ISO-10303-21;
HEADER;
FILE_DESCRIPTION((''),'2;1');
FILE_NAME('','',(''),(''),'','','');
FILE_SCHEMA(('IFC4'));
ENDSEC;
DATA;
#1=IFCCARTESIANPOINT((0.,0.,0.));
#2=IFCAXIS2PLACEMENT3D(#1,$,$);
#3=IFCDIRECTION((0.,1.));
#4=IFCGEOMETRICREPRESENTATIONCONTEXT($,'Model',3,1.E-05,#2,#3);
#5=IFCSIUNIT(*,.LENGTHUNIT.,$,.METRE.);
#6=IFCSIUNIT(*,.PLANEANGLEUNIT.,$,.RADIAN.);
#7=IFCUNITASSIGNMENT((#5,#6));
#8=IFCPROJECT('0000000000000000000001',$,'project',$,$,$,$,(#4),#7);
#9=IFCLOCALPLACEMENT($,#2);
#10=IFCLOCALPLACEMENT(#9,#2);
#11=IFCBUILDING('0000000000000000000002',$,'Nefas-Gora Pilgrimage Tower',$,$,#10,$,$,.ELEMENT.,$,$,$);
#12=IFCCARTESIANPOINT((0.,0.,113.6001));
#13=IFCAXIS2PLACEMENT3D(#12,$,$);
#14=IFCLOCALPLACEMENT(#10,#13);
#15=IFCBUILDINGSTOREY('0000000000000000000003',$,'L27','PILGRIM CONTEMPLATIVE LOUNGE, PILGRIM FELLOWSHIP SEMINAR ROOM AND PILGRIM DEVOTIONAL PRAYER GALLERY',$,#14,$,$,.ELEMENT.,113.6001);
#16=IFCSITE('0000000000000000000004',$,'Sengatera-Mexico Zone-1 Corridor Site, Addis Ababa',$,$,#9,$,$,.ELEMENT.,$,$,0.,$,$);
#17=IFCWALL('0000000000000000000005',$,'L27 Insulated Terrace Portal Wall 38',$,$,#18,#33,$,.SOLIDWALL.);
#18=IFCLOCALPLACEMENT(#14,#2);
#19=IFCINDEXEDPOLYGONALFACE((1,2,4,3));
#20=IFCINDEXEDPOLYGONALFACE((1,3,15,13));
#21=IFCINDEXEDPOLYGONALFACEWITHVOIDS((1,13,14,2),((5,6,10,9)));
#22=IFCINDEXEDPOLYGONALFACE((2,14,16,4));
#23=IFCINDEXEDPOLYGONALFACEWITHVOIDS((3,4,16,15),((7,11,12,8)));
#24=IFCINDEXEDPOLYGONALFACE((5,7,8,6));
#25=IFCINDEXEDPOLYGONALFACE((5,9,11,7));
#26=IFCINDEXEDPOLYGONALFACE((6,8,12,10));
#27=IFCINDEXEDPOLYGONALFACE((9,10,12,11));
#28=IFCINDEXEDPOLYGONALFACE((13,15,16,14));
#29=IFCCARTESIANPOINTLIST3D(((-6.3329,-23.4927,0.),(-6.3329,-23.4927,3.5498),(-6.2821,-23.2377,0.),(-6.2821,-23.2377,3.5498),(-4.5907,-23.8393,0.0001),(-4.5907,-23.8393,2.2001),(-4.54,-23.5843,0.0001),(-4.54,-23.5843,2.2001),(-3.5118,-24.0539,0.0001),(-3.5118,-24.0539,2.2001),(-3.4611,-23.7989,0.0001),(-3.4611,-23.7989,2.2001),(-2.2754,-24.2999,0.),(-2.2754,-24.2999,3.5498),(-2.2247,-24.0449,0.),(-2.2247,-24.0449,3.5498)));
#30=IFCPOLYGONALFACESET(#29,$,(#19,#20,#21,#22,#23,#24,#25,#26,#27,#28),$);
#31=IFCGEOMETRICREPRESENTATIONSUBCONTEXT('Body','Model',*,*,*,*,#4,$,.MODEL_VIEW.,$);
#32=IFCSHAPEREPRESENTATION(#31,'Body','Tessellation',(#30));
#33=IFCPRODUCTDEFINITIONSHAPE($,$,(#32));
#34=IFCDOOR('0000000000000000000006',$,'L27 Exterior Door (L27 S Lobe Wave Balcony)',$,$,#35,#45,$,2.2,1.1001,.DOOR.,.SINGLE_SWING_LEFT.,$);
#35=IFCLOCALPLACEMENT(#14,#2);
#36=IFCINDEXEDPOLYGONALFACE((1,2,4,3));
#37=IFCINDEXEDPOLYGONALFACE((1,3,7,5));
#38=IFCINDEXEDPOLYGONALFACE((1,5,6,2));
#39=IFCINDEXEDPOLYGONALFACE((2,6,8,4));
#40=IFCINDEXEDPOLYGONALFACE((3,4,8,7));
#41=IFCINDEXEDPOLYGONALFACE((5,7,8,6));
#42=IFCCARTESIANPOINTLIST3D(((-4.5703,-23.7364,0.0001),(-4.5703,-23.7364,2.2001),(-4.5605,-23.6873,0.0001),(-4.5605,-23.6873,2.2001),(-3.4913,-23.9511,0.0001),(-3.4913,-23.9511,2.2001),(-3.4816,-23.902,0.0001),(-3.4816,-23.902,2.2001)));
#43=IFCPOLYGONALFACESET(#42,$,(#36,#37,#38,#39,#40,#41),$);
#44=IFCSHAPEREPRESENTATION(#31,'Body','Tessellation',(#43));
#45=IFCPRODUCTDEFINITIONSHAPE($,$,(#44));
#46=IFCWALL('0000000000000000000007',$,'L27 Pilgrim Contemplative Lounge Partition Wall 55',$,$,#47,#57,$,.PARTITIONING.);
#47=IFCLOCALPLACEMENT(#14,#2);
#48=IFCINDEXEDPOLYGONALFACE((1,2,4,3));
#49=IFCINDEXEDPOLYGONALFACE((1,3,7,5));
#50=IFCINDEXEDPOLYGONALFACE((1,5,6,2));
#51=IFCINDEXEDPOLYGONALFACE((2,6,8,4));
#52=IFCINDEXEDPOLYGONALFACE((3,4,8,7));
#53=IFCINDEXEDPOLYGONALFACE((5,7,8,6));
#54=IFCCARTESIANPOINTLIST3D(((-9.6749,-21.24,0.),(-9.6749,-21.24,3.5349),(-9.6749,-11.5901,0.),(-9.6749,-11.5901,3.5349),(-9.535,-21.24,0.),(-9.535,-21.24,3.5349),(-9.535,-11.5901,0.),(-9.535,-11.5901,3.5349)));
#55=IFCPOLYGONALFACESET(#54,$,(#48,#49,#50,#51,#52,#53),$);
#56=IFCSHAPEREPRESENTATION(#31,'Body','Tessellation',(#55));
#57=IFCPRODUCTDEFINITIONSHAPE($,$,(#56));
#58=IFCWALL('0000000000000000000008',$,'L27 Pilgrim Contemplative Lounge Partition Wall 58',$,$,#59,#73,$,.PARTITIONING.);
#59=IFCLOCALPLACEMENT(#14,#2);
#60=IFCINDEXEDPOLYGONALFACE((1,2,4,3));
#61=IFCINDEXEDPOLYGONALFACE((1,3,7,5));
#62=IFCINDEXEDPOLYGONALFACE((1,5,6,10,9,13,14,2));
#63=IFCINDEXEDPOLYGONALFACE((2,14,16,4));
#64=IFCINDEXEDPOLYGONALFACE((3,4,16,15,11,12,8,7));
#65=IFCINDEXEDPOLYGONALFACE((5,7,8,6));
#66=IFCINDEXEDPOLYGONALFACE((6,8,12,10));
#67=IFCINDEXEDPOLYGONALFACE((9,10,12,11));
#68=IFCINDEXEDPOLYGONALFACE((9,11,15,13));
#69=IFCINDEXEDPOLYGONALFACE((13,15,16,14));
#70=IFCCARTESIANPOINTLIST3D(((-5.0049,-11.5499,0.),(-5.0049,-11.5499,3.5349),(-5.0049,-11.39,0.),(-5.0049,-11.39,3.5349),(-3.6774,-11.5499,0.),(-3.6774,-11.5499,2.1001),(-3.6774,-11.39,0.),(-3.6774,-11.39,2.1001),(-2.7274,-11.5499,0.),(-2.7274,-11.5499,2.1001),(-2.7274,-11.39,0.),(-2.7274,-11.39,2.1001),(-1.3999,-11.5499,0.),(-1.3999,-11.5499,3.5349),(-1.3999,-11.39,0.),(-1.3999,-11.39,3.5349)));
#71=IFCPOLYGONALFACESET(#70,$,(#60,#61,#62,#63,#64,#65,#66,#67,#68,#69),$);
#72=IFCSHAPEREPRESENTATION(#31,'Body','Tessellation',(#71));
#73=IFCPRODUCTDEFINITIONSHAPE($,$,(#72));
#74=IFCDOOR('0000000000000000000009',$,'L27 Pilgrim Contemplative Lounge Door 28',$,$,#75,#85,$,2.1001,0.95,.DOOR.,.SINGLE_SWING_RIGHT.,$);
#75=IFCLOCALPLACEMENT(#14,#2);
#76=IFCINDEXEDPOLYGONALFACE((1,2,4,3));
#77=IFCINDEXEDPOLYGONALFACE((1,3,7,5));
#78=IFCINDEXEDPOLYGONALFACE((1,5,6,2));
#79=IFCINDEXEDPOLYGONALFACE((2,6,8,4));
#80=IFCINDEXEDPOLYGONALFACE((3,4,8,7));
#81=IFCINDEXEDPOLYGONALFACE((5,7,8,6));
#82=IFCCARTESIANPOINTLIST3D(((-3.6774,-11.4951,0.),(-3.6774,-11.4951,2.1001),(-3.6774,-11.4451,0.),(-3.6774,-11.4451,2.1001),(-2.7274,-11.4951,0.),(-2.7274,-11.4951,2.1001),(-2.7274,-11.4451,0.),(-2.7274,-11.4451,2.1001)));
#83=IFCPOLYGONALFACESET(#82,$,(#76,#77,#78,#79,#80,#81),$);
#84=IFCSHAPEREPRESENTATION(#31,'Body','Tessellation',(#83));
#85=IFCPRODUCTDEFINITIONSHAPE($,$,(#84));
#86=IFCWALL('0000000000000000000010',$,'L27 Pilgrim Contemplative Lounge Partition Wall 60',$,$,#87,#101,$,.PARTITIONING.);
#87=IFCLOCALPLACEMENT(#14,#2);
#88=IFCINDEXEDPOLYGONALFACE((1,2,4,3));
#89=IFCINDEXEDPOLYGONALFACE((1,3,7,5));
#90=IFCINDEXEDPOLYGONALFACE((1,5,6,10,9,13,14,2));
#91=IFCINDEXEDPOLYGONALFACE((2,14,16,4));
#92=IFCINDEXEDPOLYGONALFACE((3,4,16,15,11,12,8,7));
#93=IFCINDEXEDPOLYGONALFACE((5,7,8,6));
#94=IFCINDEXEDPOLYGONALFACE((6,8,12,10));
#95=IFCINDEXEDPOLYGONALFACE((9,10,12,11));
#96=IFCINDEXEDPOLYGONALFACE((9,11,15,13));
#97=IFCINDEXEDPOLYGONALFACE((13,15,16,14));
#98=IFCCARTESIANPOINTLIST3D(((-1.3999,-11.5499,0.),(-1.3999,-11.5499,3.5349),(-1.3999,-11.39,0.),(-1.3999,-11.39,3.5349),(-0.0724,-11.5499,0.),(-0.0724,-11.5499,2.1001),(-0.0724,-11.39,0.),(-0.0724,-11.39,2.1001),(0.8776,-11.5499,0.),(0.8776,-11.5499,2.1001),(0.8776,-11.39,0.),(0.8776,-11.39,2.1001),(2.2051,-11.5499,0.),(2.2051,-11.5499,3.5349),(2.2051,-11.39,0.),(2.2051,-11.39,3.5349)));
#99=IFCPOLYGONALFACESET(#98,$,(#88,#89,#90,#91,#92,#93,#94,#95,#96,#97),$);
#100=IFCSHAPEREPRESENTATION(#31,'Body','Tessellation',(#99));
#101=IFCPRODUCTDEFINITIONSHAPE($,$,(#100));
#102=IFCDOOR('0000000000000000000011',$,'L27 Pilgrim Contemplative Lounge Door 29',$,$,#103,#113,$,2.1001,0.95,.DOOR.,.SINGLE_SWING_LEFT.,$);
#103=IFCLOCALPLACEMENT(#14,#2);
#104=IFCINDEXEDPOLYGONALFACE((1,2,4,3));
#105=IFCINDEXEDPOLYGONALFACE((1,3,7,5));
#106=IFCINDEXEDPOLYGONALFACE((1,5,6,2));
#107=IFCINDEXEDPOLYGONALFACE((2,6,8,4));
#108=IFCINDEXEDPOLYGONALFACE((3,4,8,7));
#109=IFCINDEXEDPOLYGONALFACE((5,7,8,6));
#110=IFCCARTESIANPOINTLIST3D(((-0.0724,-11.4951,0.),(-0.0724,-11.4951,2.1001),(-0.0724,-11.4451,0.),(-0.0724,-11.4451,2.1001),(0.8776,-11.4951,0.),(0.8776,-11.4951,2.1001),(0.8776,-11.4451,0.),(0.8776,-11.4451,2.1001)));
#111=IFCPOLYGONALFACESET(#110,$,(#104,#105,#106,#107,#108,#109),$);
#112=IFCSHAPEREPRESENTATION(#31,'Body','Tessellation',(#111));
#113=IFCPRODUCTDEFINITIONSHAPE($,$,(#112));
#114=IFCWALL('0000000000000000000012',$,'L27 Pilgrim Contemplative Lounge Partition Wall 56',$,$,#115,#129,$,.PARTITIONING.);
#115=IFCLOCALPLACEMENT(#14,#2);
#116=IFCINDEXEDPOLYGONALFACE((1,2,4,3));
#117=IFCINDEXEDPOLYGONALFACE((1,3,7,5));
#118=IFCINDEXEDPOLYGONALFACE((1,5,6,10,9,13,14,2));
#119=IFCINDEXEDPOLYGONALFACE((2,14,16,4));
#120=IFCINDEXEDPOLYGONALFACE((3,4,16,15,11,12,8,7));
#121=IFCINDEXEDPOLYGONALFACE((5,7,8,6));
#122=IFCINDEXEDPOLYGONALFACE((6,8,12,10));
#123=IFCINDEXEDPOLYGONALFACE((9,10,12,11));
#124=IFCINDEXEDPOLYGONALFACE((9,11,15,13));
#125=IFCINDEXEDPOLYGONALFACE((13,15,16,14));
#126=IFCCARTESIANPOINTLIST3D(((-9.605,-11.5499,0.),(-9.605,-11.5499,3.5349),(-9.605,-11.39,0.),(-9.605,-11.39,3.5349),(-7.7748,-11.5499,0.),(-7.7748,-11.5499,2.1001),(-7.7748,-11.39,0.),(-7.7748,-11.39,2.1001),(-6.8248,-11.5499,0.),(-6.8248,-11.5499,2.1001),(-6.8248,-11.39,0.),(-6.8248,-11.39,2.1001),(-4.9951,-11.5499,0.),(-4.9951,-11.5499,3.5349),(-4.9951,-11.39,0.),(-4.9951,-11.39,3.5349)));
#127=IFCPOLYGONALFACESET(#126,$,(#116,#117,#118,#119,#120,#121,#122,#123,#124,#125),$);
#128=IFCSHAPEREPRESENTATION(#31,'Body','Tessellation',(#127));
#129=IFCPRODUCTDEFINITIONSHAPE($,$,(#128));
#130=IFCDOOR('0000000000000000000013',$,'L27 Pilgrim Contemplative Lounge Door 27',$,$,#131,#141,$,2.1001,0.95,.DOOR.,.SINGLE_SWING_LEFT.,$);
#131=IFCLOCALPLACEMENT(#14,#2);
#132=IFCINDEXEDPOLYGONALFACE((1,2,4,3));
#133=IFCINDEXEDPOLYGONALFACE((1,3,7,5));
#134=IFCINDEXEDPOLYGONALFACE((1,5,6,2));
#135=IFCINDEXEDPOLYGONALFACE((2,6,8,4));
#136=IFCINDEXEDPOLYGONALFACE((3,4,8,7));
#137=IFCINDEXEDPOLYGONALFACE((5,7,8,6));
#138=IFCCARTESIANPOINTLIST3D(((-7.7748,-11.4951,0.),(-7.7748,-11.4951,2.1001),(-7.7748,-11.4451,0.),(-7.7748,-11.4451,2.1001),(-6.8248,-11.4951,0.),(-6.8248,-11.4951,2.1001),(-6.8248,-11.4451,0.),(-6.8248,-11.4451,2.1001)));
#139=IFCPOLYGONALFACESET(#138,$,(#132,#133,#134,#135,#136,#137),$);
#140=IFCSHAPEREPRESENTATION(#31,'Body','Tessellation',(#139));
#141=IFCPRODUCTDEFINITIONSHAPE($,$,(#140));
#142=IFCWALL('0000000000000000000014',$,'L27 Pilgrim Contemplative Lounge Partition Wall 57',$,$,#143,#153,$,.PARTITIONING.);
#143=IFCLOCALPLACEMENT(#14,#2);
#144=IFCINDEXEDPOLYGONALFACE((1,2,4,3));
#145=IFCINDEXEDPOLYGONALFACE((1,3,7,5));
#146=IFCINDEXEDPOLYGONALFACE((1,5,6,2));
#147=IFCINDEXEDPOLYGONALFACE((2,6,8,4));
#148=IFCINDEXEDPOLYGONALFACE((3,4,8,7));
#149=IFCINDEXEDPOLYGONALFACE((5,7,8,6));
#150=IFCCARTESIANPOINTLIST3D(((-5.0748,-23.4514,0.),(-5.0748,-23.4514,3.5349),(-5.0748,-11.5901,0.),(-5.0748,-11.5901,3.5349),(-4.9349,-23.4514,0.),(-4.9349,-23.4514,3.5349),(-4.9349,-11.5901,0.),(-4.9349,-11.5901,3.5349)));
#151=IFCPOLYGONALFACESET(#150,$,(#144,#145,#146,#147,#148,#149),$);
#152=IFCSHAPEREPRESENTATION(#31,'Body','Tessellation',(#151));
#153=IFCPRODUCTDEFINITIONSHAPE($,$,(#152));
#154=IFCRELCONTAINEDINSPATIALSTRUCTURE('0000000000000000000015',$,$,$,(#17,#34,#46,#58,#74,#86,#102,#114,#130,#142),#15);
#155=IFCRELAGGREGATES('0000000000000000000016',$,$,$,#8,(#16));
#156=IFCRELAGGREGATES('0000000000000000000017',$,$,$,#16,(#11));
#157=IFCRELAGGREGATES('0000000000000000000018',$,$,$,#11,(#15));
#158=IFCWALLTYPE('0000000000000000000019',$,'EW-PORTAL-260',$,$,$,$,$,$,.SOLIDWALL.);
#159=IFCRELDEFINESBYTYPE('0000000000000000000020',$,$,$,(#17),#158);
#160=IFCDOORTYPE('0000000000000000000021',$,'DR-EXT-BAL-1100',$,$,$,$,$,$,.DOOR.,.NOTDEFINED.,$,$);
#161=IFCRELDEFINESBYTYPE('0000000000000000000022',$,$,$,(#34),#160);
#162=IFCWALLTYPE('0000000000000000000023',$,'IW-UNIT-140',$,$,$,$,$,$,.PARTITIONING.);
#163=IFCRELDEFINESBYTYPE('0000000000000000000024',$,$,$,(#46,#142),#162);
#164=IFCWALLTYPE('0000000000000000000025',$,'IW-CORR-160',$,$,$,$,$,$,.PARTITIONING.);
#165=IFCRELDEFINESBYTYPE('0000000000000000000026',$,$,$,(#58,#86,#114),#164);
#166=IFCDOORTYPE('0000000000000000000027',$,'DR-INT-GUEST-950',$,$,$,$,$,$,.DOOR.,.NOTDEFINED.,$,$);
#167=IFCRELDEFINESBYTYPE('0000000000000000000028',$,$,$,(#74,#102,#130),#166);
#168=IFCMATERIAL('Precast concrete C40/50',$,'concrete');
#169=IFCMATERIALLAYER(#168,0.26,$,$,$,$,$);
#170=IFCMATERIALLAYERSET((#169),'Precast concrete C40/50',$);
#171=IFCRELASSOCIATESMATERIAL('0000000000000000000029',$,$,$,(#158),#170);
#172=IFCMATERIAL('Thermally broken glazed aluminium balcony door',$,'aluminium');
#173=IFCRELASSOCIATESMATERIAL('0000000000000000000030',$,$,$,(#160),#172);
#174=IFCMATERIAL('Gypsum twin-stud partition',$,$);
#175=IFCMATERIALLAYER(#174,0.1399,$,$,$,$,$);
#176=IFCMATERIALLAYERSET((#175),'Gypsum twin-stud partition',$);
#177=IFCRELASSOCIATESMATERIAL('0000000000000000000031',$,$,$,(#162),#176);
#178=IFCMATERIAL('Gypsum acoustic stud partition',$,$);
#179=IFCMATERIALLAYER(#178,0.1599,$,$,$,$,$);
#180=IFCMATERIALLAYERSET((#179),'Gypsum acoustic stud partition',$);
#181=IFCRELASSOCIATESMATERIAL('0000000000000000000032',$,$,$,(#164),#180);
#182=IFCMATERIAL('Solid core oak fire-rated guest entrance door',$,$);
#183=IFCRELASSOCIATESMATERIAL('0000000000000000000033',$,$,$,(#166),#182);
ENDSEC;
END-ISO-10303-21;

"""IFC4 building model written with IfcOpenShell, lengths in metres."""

from ifc_helpers import new_model, si_unit, direction, frame, frame_2d, origin, place, context, subcontext, project, spatial, rectangle, extrude, source, transform, mapped, material, layer, layer_set, type_object, element, fill, save


model = new_model("IFC4")

# Units and contexts
model_context = context("Model", 3, precision=1e-05, world=origin(), true_north=direction((0.0, 1.0)))
body_context = subcontext(model_context, "Body", "Model", "MODEL_VIEW")
ifc_project = project(units=[si_unit("LENGTHUNIT", "METRE"), si_unit("PLANEANGLEUNIT", "RADIAN")], contexts=[model_context])

# Site, building, storey
site_placement = place(None, origin())
site = spatial("IfcSite", under=ifc_project, at=site_placement, Name="Sengatera-Mexico Zone-1 Corridor Site, Addis Ababa", CompositionType="ELEMENT", RefElevation=0.0)
building_placement = place(site_placement, origin())
building = spatial("IfcBuilding", under=site, at=building_placement, Name="Nefas-Gora Pilgrimage Tower", CompositionType="ELEMENT")
storey_placement = place(building_placement, frame((0.0, 0.0, 113.6001)))
storey = spatial("IfcBuildingStorey", under=building, at=storey_placement, Name="L27", Description="PILGRIM CONTEMPLATIVE LOUNGE, PILGRIM FELLOWSHIP SEMINAR ROOM AND PILGRIM DEVOTIONAL PRAYER GALLERY", CompositionType="ELEMENT", Elevation=113.6001)

# Shared definitions
ifc_material_1 = material(Name="Precast concrete C40/50", Category="concrete")
ifc_layer_1 = layer(ifc_material_1, 0.26)
ifc_layer_set_1 = layer_set([ifc_layer_1], Name="Precast concrete C40/50")
wall_type_1 = type_object("IfcWallType", Name="EW-PORTAL-260", PredefinedType="SOLIDWALL", material=ifc_layer_set_1)

# Wall, opening, door
shared_shape_1 = source(origin(), body_context, "Body", "SweptSolid", [
    extrude(rectangle(XDim=4.137, YDim=0.26, at=frame_2d((2.0684, 0.0))), origin(), (0.0, 0.0, 1.0), 3.5498),
])
wall_1_placement = place(storey_placement, frame((-6.3074, -23.3652, 0.0), z_axis=(0.0, 0.0, 1.0), x_axis=(0.980782, -0.195106, 0.0)))
wall_1 = element("IfcWall", 1, at=wall_1_placement, inside=storey, type_object=wall_type_1, Name="L27 Insulated Terrace Portal Wall 38", PredefinedType="SOLIDWALL", context=body_context, shape_type="MappedRepresentation", body=[
    mapped(shared_shape_1, transform((0.0, 0.0, 0.0), x_axis=(1.0, 0.0, 0.0), y_axis=(0.0, 1.0, 0.0), z_axis=(0.0, 0.0, 1.0), scale=1.0)),
])
opening_1_placement = place(wall_1_placement, frame((1.7761, 0.0, 0.0)))
opening_1 = element("IfcOpeningElement", 2, at=opening_1_placement, cuts=wall_1, PredefinedType="OPENING", context=body_context, shape_type="SweptSolid", body=[
    extrude(rectangle(XDim=1.1001, YDim=2.2, at=frame_2d((0.55, 1.1001))), frame((0.0, 0.1399, 0.0), z_axis=(0.0, -1.0, 0.0), x_axis=(1.0, 0.0, 0.0)), (0.0, 0.0, 1.0), 0.28),
])
ifc_material_2 = material(Name="Thermally broken glazed aluminium balcony door", Category="aluminium")
door_type_1 = type_object("IfcDoorType", Name="DR-EXT-BAL-1100", OperationType="NOTDEFINED", PredefinedType="DOOR", material=ifc_material_2)
shared_shape_2 = source(origin(), body_context, "Body", "SweptSolid", [
    extrude(rectangle(XDim=1.1001, YDim=2.2, at=frame_2d((0.55, 1.1001))), frame((0.0, 0.0249, 0.0), z_axis=(0.0, -1.0, 0.0), x_axis=(1.0, 0.0, 0.0)), (0.0, 0.0, 1.0), 0.05),
])
door_1_placement = place(opening_1_placement, origin())
door_1 = element("IfcDoor", 3, at=door_1_placement, inside=storey, type_object=door_type_1, Name="L27 Exterior Door (L27 S Lobe Wave Balcony)", OperationType="SINGLE_SWING_LEFT", OverallHeight=2.2, OverallWidth=1.1001, PredefinedType="DOOR", context=body_context, shape_type="MappedRepresentation", body=[
    mapped(shared_shape_2, transform((0.0, 0.0, 0.0), x_axis=(1.0, 0.0, 0.0), y_axis=(0.0, 1.0, 0.0), z_axis=(0.0, 0.0, 1.0), scale=1.0)),
])
fill(opening_1, door_1)

# Wall
ifc_material_3 = material(Name="Gypsum twin-stud partition")
ifc_layer_2 = layer(ifc_material_3, 0.1399)
ifc_layer_set_2 = layer_set([ifc_layer_2], Name="Gypsum twin-stud partition")
wall_type_2 = type_object("IfcWallType", Name="IW-UNIT-140", PredefinedType="PARTITIONING", material=ifc_layer_set_2)
shared_shape_3 = source(origin(), body_context, "Body", "SweptSolid", [
    extrude(rectangle(XDim=9.6499, YDim=0.1399, at=frame_2d((4.825, 0.0))), origin(), (0.0, 0.0, 1.0), 3.5349),
])
wall_2_placement = place(storey_placement, frame((-9.605, -21.24, 0.0), z_axis=(0.0, 0.0, 1.0), x_axis=(0.0, 1.0, 0.0)))
element("IfcWall", 4, at=wall_2_placement, inside=storey, type_object=wall_type_2, Name="L27 Pilgrim Contemplative Lounge Partition Wall 55", PredefinedType="PARTITIONING", context=body_context, shape_type="MappedRepresentation", body=[
    mapped(shared_shape_3, transform((0.0, 0.0, 0.0), x_axis=(1.0, 0.0, 0.0), y_axis=(0.0, 1.0, 0.0), z_axis=(0.0, 0.0, 1.0), scale=1.0)),
])

# Walls, openings, doors
ifc_material_4 = material(Name="Gypsum acoustic stud partition")
ifc_layer_3 = layer(ifc_material_4, 0.1599)
ifc_layer_set_3 = layer_set([ifc_layer_3], Name="Gypsum acoustic stud partition")
wall_type_3 = type_object("IfcWallType", Name="IW-CORR-160", PredefinedType="PARTITIONING", material=ifc_layer_set_3)
shared_shape_4 = source(origin(), body_context, "Body", "SweptSolid", [
    extrude(rectangle(XDim=3.605, YDim=0.1599, at=frame_2d((1.8025, 0.0))), origin(), (0.0, 0.0, 1.0), 3.5349),
])
wall_3_placement = place(storey_placement, frame((-5.0049, -11.47, 0.0), z_axis=(0.0, 0.0, 1.0), x_axis=(1.0, 0.0, 0.0)))
wall_3 = element("IfcWall", 5, at=wall_3_placement, inside=storey, type_object=wall_type_3, Name="L27 Pilgrim Contemplative Lounge Partition Wall 58", PredefinedType="PARTITIONING", context=body_context, shape_type="MappedRepresentation", body=[
    mapped(shared_shape_4, transform((0.0, 0.0, 0.0), x_axis=(1.0, 0.0, 0.0), y_axis=(0.0, 1.0, 0.0), z_axis=(0.0, 0.0, 1.0), scale=1.0)),
])
opening_2_placement = place(wall_3_placement, frame((1.3274, 0.0, 0.0)))
opening_2 = element("IfcOpeningElement", 6, at=opening_2_placement, cuts=wall_3, PredefinedType="OPENING", context=body_context, shape_type="SweptSolid", body=[
    extrude(rectangle(XDim=0.95, YDim=2.1001, at=frame_2d((0.4751, 1.05))), frame((0.0, 0.0898, 0.0), z_axis=(0.0, -1.0, 0.0), x_axis=(1.0, 0.0, 0.0)), (0.0, 0.0, 1.0), 0.1799),
])
ifc_material_5 = material(Name="Solid core oak fire-rated guest entrance door")
door_type_2 = type_object("IfcDoorType", Name="DR-INT-GUEST-950", OperationType="NOTDEFINED", PredefinedType="DOOR", material=ifc_material_5)
shared_shape_5 = source(origin(), body_context, "Body", "SweptSolid", [
    extrude(rectangle(XDim=0.95, YDim=2.1001, at=frame_2d((0.4751, 1.05))), frame((0.0, 0.0249, 0.0), z_axis=(0.0, -1.0, 0.0), x_axis=(1.0, 0.0, 0.0)), (0.0, 0.0, 1.0), 0.05),
])
door_2_placement = place(opening_2_placement, origin())
door_2 = element("IfcDoor", 7, at=door_2_placement, inside=storey, type_object=door_type_2, Name="L27 Pilgrim Contemplative Lounge Door 28", OperationType="SINGLE_SWING_RIGHT", OverallHeight=2.1001, OverallWidth=0.95, PredefinedType="DOOR", context=body_context, shape_type="MappedRepresentation", body=[
    mapped(shared_shape_5, transform((0.0, 0.0, 0.0), x_axis=(1.0, 0.0, 0.0), y_axis=(0.0, 1.0, 0.0), z_axis=(0.0, 0.0, 1.0), scale=1.0)),
])
fill(opening_2, door_2)
wall_4_placement = place(storey_placement, frame((-1.3999, -11.47, 0.0), z_axis=(0.0, 0.0, 1.0), x_axis=(1.0, 0.0, 0.0)))
wall_4 = element("IfcWall", 8, at=wall_4_placement, inside=storey, type_object=wall_type_3, Name="L27 Pilgrim Contemplative Lounge Partition Wall 60", PredefinedType="PARTITIONING", context=body_context, shape_type="MappedRepresentation", body=[
    mapped(shared_shape_4, transform((0.0, 0.0, 0.0), x_axis=(1.0, 0.0, 0.0), y_axis=(0.0, 1.0, 0.0), z_axis=(0.0, 0.0, 1.0), scale=1.0)),
])
opening_3_placement = place(wall_4_placement, frame((1.3274, 0.0, 0.0)))
opening_3 = element("IfcOpeningElement", 9, at=opening_3_placement, cuts=wall_4, PredefinedType="OPENING", context=body_context, shape_type="SweptSolid", body=[
    extrude(rectangle(XDim=0.95, YDim=2.1001, at=frame_2d((0.4751, 1.05))), frame((0.0, 0.0898, 0.0), z_axis=(0.0, -1.0, 0.0), x_axis=(1.0, 0.0, 0.0)), (0.0, 0.0, 1.0), 0.1799),
])
door_3_placement = place(opening_3_placement, origin())
door_3 = element("IfcDoor", 10, at=door_3_placement, inside=storey, type_object=door_type_2, Name="L27 Pilgrim Contemplative Lounge Door 29", OperationType="SINGLE_SWING_LEFT", OverallHeight=2.1001, OverallWidth=0.95, PredefinedType="DOOR", context=body_context, shape_type="MappedRepresentation", body=[
    mapped(shared_shape_5, transform((0.0, 0.0, 0.0), x_axis=(1.0, 0.0, 0.0), y_axis=(0.0, 1.0, 0.0), z_axis=(0.0, 0.0, 1.0), scale=1.0)),
])
fill(opening_3, door_3)
shared_shape_6 = source(origin(), body_context, "Body", "SweptSolid", [
    extrude(rectangle(XDim=4.6099, YDim=0.1599, at=frame_2d((2.3049, 0.0))), origin(), (0.0, 0.0, 1.0), 3.5349),
])
wall_5_placement = place(storey_placement, frame((-9.605, -11.47, 0.0), z_axis=(0.0, 0.0, 1.0), x_axis=(1.0, 0.0, 0.0)))
wall_5 = element("IfcWall", 11, at=wall_5_placement, inside=storey, type_object=wall_type_3, Name="L27 Pilgrim Contemplative Lounge Partition Wall 56", PredefinedType="PARTITIONING", context=body_context, shape_type="MappedRepresentation", body=[
    mapped(shared_shape_6, transform((0.0, 0.0, 0.0), x_axis=(1.0, 0.0, 0.0), y_axis=(0.0, 1.0, 0.0), z_axis=(0.0, 0.0, 1.0), scale=1.0)),
])
opening_4_placement = place(wall_5_placement, frame((1.8301, 0.0, 0.0)))
opening_4 = element("IfcOpeningElement", 12, at=opening_4_placement, cuts=wall_5, PredefinedType="OPENING", context=body_context, shape_type="SweptSolid", body=[
    extrude(rectangle(XDim=0.95, YDim=2.1001, at=frame_2d((0.4751, 1.05))), frame((0.0, 0.0898, 0.0), z_axis=(0.0, -1.0, 0.0), x_axis=(1.0, 0.0, 0.0)), (0.0, 0.0, 1.0), 0.1799),
])
door_4_placement = place(opening_4_placement, origin())
door_4 = element("IfcDoor", 13, at=door_4_placement, inside=storey, type_object=door_type_2, Name="L27 Pilgrim Contemplative Lounge Door 27", OperationType="SINGLE_SWING_LEFT", OverallHeight=2.1001, OverallWidth=0.95, PredefinedType="DOOR", context=body_context, shape_type="MappedRepresentation", body=[
    mapped(shared_shape_5, transform((0.0, 0.0, 0.0), x_axis=(1.0, 0.0, 0.0), y_axis=(0.0, 1.0, 0.0), z_axis=(0.0, 0.0, 1.0), scale=1.0)),
])
fill(opening_4, door_4)

# Wall
shared_shape_7 = source(origin(), body_context, "Body", "SweptSolid", [
    extrude(rectangle(XDim=11.8613, YDim=0.1399, at=frame_2d((5.9307, 0.0))), origin(), (0.0, 0.0, 1.0), 3.5349),
])
wall_6_placement = place(storey_placement, frame((-5.0049, -23.4514, 0.0), z_axis=(0.0, 0.0, 1.0), x_axis=(0.0, 1.0, 0.0)))
element("IfcWall", 14, at=wall_6_placement, inside=storey, type_object=wall_type_2, Name="L27 Pilgrim Contemplative Lounge Partition Wall 57", PredefinedType="PARTITIONING", context=body_context, shape_type="MappedRepresentation", body=[
    mapped(shared_shape_7, transform((0.0, 0.0, 0.0), x_axis=(1.0, 0.0, 0.0), y_axis=(0.0, 1.0, 0.0), z_axis=(0.0, 0.0, 1.0), scale=1.0)),
])

save(model, "model.ifc")
